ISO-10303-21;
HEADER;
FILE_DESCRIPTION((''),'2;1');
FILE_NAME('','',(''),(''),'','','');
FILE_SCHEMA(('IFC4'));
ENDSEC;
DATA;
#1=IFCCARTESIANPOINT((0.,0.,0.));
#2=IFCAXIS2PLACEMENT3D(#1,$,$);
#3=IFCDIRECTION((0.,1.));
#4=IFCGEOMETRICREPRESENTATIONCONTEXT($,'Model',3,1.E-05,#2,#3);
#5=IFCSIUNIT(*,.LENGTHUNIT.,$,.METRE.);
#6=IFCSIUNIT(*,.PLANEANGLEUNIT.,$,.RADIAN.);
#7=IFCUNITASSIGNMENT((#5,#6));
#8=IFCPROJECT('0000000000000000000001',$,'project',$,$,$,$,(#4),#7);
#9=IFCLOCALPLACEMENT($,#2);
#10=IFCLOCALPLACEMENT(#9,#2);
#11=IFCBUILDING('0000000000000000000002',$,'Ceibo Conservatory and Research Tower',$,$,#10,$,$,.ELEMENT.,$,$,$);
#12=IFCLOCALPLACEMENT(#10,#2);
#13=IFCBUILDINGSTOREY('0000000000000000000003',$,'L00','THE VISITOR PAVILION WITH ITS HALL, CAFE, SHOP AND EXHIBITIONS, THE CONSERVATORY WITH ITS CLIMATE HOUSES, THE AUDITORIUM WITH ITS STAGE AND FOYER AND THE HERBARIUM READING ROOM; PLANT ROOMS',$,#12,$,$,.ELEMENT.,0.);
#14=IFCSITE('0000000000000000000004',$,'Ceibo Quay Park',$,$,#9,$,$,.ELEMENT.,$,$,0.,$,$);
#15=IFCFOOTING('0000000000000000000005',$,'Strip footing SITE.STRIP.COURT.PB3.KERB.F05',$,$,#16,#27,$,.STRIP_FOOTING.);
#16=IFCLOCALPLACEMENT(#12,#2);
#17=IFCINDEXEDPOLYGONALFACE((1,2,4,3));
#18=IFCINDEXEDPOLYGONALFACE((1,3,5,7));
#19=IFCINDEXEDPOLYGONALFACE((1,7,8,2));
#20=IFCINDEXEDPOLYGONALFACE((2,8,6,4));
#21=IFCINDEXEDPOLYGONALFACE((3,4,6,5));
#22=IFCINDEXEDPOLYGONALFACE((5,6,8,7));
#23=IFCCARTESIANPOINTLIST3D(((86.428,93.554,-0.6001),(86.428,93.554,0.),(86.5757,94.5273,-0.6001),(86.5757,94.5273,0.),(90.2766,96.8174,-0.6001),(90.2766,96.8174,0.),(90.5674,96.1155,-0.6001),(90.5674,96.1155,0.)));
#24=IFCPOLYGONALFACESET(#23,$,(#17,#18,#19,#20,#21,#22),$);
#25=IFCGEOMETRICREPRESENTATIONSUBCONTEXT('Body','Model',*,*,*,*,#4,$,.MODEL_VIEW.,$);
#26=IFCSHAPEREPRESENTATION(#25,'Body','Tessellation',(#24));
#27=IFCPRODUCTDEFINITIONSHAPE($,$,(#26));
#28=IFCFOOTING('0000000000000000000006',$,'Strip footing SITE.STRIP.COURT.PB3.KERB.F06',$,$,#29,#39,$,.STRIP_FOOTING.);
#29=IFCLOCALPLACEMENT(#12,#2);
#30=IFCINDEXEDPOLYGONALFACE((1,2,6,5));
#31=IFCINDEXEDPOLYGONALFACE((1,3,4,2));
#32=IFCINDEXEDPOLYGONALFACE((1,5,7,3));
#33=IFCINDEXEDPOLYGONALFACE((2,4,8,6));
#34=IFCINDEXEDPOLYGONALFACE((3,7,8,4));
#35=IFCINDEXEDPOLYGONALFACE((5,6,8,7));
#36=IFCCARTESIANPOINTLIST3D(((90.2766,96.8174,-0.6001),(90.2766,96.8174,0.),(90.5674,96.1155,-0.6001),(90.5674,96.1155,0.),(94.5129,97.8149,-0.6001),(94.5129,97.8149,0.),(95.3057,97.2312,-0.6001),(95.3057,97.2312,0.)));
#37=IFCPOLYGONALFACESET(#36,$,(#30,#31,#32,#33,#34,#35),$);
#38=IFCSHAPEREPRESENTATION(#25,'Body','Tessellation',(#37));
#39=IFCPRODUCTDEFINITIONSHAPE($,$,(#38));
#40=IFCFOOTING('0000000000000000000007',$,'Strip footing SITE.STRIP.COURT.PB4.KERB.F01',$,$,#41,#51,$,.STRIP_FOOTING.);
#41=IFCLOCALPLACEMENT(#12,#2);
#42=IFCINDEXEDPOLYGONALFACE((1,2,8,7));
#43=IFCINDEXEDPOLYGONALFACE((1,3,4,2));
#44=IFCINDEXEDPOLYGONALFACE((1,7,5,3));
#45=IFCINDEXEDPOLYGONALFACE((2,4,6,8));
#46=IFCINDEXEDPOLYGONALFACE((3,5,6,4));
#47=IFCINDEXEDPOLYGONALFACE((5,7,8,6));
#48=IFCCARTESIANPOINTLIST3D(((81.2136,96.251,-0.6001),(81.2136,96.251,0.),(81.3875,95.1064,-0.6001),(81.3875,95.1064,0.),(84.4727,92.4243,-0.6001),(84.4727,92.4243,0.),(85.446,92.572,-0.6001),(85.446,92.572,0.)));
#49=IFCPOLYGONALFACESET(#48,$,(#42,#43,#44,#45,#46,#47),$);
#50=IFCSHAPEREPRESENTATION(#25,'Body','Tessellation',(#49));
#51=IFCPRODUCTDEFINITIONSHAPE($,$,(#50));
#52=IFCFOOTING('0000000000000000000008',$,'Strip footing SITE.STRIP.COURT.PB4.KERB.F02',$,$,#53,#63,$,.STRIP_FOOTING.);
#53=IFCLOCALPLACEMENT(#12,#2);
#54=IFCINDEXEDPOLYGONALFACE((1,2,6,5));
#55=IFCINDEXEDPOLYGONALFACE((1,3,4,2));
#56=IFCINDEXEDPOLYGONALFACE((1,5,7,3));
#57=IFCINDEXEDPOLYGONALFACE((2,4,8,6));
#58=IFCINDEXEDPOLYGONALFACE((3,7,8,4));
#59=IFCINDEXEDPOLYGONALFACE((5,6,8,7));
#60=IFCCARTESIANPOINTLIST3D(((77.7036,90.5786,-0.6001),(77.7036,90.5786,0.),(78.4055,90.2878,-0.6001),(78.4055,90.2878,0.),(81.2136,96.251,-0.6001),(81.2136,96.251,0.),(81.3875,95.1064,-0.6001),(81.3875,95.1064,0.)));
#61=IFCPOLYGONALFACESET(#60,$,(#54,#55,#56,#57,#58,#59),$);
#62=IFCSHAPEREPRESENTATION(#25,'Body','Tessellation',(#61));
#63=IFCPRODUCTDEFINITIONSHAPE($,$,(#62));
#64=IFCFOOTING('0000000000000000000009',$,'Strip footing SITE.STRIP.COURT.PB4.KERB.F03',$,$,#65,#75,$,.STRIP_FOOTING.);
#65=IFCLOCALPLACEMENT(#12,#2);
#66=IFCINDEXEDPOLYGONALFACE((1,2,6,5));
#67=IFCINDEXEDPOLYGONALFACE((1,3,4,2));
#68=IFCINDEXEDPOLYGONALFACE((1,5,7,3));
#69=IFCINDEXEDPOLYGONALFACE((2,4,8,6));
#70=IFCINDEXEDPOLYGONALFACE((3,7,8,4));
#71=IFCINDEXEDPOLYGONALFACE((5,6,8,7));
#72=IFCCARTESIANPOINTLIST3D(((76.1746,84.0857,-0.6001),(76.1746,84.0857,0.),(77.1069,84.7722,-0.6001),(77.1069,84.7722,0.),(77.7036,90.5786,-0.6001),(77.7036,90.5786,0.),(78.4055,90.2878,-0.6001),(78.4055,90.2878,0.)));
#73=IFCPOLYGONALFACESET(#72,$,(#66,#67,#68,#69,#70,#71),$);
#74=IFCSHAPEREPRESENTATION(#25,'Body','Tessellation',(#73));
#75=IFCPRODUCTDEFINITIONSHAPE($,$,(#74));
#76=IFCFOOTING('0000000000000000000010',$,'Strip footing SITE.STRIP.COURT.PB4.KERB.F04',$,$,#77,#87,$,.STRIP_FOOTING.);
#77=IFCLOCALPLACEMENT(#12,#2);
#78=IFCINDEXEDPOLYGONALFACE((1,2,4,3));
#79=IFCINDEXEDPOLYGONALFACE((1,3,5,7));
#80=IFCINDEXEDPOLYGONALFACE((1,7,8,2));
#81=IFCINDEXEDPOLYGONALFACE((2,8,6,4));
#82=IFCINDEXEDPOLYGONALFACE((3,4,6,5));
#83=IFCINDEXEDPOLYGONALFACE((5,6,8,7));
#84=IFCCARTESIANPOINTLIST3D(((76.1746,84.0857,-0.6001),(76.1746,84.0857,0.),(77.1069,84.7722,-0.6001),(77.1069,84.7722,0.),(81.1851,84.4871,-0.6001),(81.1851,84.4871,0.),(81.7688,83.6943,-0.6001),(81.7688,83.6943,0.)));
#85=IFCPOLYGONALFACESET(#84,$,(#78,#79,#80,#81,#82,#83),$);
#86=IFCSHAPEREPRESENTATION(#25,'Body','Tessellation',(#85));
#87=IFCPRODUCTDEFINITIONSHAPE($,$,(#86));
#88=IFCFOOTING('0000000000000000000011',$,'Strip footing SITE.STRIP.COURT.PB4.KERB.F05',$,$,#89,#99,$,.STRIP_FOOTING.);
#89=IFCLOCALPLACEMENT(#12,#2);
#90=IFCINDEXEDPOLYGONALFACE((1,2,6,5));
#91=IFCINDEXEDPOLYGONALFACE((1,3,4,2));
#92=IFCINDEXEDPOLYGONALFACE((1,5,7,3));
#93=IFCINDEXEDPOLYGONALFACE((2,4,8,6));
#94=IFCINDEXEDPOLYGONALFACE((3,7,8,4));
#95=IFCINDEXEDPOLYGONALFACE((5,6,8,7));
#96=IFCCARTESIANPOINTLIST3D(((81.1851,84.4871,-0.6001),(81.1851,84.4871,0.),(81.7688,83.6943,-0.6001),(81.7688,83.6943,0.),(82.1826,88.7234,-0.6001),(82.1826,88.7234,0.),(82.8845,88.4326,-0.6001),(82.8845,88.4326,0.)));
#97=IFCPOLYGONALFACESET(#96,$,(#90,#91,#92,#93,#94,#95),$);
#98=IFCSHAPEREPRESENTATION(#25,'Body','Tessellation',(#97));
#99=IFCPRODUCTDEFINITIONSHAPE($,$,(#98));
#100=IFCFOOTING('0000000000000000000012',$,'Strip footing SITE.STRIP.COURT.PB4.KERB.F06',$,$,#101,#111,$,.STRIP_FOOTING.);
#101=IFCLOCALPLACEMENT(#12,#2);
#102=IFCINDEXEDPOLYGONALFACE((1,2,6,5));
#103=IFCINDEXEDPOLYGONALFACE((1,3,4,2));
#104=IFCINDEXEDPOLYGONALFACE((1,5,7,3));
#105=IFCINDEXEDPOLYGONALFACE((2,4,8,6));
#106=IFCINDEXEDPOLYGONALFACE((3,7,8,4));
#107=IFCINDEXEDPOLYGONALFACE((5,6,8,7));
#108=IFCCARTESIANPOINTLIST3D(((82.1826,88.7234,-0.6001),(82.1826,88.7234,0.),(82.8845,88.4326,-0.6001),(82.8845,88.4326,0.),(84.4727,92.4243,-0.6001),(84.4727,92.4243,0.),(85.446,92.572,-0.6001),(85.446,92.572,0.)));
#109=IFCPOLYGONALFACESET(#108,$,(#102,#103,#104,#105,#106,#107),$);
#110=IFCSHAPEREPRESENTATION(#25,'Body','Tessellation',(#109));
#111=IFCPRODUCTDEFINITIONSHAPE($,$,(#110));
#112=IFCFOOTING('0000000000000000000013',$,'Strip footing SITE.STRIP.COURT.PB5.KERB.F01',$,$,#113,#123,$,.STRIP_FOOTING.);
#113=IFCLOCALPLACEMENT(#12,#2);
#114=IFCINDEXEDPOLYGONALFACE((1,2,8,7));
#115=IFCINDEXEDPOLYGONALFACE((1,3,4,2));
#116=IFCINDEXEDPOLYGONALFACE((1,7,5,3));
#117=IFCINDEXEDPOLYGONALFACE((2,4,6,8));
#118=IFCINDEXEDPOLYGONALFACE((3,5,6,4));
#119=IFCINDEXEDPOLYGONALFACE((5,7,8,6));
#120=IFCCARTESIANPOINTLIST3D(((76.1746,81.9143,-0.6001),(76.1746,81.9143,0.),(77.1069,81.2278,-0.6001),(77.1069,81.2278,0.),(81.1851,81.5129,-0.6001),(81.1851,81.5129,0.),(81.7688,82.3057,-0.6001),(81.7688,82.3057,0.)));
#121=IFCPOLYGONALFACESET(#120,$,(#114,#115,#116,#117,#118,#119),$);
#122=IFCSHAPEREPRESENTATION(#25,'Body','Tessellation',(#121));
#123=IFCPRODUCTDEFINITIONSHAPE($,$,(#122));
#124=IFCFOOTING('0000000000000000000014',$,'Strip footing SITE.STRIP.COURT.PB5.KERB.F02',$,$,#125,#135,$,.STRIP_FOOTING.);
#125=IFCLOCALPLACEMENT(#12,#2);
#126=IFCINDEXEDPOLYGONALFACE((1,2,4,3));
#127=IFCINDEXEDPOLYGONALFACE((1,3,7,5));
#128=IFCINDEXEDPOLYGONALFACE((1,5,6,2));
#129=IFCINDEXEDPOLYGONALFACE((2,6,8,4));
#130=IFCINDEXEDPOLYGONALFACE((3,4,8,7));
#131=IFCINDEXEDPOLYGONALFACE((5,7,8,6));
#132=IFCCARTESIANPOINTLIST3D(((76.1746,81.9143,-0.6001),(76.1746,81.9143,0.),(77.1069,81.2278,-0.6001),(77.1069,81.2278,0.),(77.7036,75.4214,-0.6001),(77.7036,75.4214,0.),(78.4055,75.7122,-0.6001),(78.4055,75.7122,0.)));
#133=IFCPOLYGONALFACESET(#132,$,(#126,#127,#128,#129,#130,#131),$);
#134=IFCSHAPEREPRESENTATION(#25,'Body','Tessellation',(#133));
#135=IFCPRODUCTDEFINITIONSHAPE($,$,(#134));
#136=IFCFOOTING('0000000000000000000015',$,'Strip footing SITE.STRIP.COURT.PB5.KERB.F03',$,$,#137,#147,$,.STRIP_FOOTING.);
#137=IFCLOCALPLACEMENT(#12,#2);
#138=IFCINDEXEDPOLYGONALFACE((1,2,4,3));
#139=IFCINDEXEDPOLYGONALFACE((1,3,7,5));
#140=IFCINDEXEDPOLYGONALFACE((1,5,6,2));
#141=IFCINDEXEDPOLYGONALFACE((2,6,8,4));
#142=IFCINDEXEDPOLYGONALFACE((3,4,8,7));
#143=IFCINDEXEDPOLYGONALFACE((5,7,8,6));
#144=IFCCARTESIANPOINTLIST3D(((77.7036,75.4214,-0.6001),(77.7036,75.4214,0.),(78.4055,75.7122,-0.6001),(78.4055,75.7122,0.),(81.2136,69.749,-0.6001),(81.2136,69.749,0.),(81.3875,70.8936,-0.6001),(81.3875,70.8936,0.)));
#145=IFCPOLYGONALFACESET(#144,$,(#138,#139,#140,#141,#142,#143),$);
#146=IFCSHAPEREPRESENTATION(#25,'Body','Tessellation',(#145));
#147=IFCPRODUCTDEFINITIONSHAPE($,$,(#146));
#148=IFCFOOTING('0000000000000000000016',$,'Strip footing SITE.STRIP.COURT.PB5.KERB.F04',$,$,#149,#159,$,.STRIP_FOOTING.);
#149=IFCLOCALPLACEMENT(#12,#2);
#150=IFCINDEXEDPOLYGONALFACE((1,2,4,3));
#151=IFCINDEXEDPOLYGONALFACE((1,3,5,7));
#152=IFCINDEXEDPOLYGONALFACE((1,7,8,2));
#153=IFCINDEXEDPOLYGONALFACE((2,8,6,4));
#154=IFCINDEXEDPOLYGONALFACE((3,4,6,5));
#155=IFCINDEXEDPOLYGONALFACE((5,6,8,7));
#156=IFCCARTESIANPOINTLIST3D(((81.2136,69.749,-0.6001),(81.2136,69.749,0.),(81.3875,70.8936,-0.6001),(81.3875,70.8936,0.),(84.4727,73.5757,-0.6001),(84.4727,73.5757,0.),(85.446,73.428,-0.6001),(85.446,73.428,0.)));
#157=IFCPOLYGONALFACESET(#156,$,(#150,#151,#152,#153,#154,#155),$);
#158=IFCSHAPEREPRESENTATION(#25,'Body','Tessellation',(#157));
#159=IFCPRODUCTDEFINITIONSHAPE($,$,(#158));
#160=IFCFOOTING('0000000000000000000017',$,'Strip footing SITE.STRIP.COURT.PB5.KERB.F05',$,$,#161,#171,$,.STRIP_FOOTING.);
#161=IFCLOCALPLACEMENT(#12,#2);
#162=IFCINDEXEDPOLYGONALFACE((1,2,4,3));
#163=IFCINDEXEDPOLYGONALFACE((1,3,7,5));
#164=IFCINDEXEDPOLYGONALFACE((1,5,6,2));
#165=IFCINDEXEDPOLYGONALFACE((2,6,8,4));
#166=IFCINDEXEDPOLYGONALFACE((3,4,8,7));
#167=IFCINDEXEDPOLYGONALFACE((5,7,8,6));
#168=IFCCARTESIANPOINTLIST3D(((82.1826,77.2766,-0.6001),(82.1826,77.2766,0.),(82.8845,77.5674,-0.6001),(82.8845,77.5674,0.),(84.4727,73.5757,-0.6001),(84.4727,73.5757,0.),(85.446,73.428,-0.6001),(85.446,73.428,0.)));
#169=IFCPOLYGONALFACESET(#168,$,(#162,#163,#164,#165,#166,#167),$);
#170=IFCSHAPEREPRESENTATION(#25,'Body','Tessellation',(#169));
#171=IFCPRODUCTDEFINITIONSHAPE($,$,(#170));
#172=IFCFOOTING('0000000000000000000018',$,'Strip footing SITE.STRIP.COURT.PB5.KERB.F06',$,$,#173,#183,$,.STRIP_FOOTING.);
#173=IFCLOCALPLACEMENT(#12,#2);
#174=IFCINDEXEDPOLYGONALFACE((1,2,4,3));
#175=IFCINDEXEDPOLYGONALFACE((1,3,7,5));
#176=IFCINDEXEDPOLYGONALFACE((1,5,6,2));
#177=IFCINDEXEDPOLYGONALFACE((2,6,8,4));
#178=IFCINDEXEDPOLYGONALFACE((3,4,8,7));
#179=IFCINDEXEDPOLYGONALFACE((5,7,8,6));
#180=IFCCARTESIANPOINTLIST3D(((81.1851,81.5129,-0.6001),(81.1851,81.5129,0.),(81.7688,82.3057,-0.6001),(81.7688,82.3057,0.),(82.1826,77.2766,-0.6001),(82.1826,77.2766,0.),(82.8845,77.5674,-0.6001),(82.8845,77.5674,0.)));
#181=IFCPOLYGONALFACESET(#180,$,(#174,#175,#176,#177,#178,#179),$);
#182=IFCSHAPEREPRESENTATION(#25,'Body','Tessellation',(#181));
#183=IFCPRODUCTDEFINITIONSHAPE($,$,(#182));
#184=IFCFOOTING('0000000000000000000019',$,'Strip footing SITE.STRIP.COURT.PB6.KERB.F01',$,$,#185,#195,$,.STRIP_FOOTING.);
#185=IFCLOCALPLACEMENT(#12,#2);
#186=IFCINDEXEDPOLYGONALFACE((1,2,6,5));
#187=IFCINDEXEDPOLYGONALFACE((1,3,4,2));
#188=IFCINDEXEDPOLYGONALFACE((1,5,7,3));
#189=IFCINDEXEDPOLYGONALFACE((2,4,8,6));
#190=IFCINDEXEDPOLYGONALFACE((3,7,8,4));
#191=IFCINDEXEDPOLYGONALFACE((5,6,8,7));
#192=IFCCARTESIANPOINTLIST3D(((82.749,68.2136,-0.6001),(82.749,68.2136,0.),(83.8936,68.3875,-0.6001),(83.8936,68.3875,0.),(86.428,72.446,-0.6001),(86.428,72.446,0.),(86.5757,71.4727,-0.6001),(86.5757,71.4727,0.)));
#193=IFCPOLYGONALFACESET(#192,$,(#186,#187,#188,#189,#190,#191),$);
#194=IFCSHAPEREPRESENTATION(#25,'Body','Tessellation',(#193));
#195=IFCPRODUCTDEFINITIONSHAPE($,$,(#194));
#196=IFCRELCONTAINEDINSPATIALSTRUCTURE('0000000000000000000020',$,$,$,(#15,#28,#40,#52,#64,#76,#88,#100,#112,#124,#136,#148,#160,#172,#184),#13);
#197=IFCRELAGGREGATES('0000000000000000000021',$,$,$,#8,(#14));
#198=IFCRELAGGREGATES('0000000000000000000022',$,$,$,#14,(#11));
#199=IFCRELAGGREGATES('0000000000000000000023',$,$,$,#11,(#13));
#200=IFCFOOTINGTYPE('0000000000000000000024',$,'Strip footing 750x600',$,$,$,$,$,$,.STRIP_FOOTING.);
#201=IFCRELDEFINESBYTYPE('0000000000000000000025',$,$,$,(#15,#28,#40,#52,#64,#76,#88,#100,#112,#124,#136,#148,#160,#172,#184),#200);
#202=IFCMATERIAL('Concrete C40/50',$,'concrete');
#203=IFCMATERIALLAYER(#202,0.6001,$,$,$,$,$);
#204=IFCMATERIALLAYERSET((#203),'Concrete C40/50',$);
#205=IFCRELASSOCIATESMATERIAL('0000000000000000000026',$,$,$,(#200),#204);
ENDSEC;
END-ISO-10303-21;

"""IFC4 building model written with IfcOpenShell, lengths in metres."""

from ifc_helpers import new_model, si_unit, direction, frame, origin, place, context, subcontext, project, spatial, polyline, outline, extrude, material, layer, layer_set, type_object, element, save


model = new_model("IFC4")

# Units and contexts
model_context = context("Model", 3, precision=1e-05, world=origin(), true_north=direction((0.0, 1.0)))
body_context = subcontext(model_context, "Body", "Model", "MODEL_VIEW")
ifc_project = project(units=[si_unit("LENGTHUNIT", "METRE"), si_unit("PLANEANGLEUNIT", "RADIAN")], contexts=[model_context])

# Site, building, storey
site_placement = place(None, origin())
site = spatial("IfcSite", under=ifc_project, at=site_placement, Name="Ceibo Quay Park", CompositionType="ELEMENT", RefElevation=0.0)
building_placement = place(site_placement, origin())
building = spatial("IfcBuilding", under=site, at=building_placement, Name="Ceibo Conservatory and Research Tower", CompositionType="ELEMENT")
storey_placement = place(building_placement, origin())
storey = spatial("IfcBuildingStorey", under=building, at=storey_placement, Name="L00", Description="THE VISITOR PAVILION WITH ITS HALL, CAFE, SHOP AND EXHIBITIONS, THE CONSERVATORY WITH ITS CLIMATE HOUSES, THE AUDITORIUM WITH ITS STAGE AND FOYER AND THE HERBARIUM READING ROOM; PLANT ROOMS", CompositionType="ELEMENT", Elevation=0.0)

# Footings
ifc_material = material(Name="Concrete C40/50", Category="concrete")
ifc_layer = layer(ifc_material, 0.6001)
ifc_layer_set = layer_set([ifc_layer], Name="Concrete C40/50")
footing_type = type_object("IfcFootingType", Name="Strip footing 750x600", PredefinedType="STRIP_FOOTING", material=ifc_layer_set)
footing_1_placement = place(storey_placement, frame((0.0, 0.0, -0.6001)))
element("IfcFooting", 1, at=footing_1_placement, inside=storey, type_object=footing_type, Name="Strip footing SITE.STRIP.COURT.PB3.KERB.F05", PredefinedType="STRIP_FOOTING", context=body_context, shape_type="SweptSolid", body=[
    extrude(outline(polyline([(86.428, 93.554), (90.5674, 96.1155), (90.2766, 96.8174), (86.5757, 94.5273), (86.428, 93.554)])), origin(), (0.0, 0.0, 1.0), 0.6001),
])
footing_2_placement = place(storey_placement, frame((0.0, 0.0, -0.6001)))
element("IfcFooting", 2, at=footing_2_placement, inside=storey, type_object=footing_type, Name="Strip footing SITE.STRIP.COURT.PB3.KERB.F06", PredefinedType="STRIP_FOOTING", context=body_context, shape_type="SweptSolid", body=[
    extrude(outline(polyline([(90.5674, 96.1155), (95.3057, 97.2312), (94.5129, 97.8149), (90.2766, 96.8174), (90.5674, 96.1155)])), origin(), (0.0, 0.0, 1.0), 0.6001),
])
footing_3_placement = place(storey_placement, frame((0.0, 0.0, -0.6001)))
element("IfcFooting", 3, at=footing_3_placement, inside=storey, type_object=footing_type, Name="Strip footing SITE.STRIP.COURT.PB4.KERB.F01", PredefinedType="STRIP_FOOTING", context=body_context, shape_type="SweptSolid", body=[
    extrude(outline(polyline([(85.446, 92.572), (81.2136, 96.251), (81.3875, 95.1064), (84.4727, 92.4243), (85.446, 92.572)])), origin(), (0.0, 0.0, 1.0), 0.6001),
])
footing_4_placement = place(storey_placement, frame((0.0, 0.0, -0.6001)))
element("IfcFooting", 4, at=footing_4_placement, inside=storey, type_object=footing_type, Name="Strip footing SITE.STRIP.COURT.PB4.KERB.F02", PredefinedType="STRIP_FOOTING", context=body_context, shape_type="SweptSolid", body=[
    extrude(outline(polyline([(81.2136, 96.251), (77.7036, 90.5786), (78.4055, 90.2878), (81.3875, 95.1064), (81.2136, 96.251)])), origin(), (0.0, 0.0, 1.0), 0.6001),
])
footing_5_placement = place(storey_placement, frame((0.0, 0.0, -0.6001)))
element("IfcFooting", 5, at=footing_5_placement, inside=storey, type_object=footing_type, Name="Strip footing SITE.STRIP.COURT.PB4.KERB.F03", PredefinedType="STRIP_FOOTING", context=body_context, shape_type="SweptSolid", body=[
    extrude(outline(polyline([(77.7036, 90.5786), (76.1746, 84.0857), (77.1069, 84.7722), (78.4055, 90.2878), (77.7036, 90.5786)])), origin(), (0.0, 0.0, 1.0), 0.6001),
])
footing_6_placement = place(storey_placement, frame((0.0, 0.0, -0.6001)))
element("IfcFooting", 6, at=footing_6_placement, inside=storey, type_object=footing_type, Name="Strip footing SITE.STRIP.COURT.PB4.KERB.F04", PredefinedType="STRIP_FOOTING", context=body_context, shape_type="SweptSolid", body=[
    extrude(outline(polyline([(76.1746, 84.0857), (81.7688, 83.6943), (81.1851, 84.4871), (77.1069, 84.7722), (76.1746, 84.0857)])), origin(), (0.0, 0.0, 1.0), 0.6001),
])
footing_7_placement = place(storey_placement, frame((0.0, 0.0, -0.6001)))
element("IfcFooting", 7, at=footing_7_placement, inside=storey, type_object=footing_type, Name="Strip footing SITE.STRIP.COURT.PB4.KERB.F05", PredefinedType="STRIP_FOOTING", context=body_context, shape_type="SweptSolid", body=[
    extrude(outline(polyline([(81.7688, 83.6943), (82.8845, 88.4326), (82.1826, 88.7234), (81.1851, 84.4871), (81.7688, 83.6943)])), origin(), (0.0, 0.0, 1.0), 0.6001),
])
footing_8_placement = place(storey_placement, frame((0.0, 0.0, -0.6001)))
element("IfcFooting", 8, at=footing_8_placement, inside=storey, type_object=footing_type, Name="Strip footing SITE.STRIP.COURT.PB4.KERB.F06", PredefinedType="STRIP_FOOTING", context=body_context, shape_type="SweptSolid", body=[
    extrude(outline(polyline([(82.8845, 88.4326), (85.446, 92.572), (84.4727, 92.4243), (82.1826, 88.7234), (82.8845, 88.4326)])), origin(), (0.0, 0.0, 1.0), 0.6001),
])
footing_9_placement = place(storey_placement, frame((0.0, 0.0, -0.6001)))
element("IfcFooting", 9, at=footing_9_placement, inside=storey, type_object=footing_type, Name="Strip footing SITE.STRIP.COURT.PB5.KERB.F01", PredefinedType="STRIP_FOOTING", context=body_context, shape_type="SweptSolid", body=[
    extrude(outline(polyline([(81.7688, 82.3057), (76.1746, 81.9143), (77.1069, 81.2278), (81.1851, 81.5129), (81.7688, 82.3057)])), origin(), (0.0, 0.0, 1.0), 0.6001),
])
footing_10_placement = place(storey_placement, frame((0.0, 0.0, -0.6001)))
element("IfcFooting", 10, at=footing_10_placement, inside=storey, type_object=footing_type, Name="Strip footing SITE.STRIP.COURT.PB5.KERB.F02", PredefinedType="STRIP_FOOTING", context=body_context, shape_type="SweptSolid", body=[
    extrude(outline(polyline([(76.1746, 81.9143), (77.7036, 75.4214), (78.4055, 75.7122), (77.1069, 81.2278), (76.1746, 81.9143)])), origin(), (0.0, 0.0, 1.0), 0.6001),
])
footing_11_placement = place(storey_placement, frame((0.0, 0.0, -0.6001)))
element("IfcFooting", 11, at=footing_11_placement, inside=storey, type_object=footing_type, Name="Strip footing SITE.STRIP.COURT.PB5.KERB.F03", PredefinedType="STRIP_FOOTING", context=body_context, shape_type="SweptSolid", body=[
    extrude(outline(polyline([(77.7036, 75.4214), (81.2136, 69.749), (81.3875, 70.8936), (78.4055, 75.7122), (77.7036, 75.4214)])), origin(), (0.0, 0.0, 1.0), 0.6001),
])
footing_12_placement = place(storey_placement, frame((0.0, 0.0, -0.6001)))
element("IfcFooting", 12, at=footing_12_placement, inside=storey, type_object=footing_type, Name="Strip footing SITE.STRIP.COURT.PB5.KERB.F04", PredefinedType="STRIP_FOOTING", context=body_context, shape_type="SweptSolid", body=[
    extrude(outline(polyline([(81.2136, 69.749), (85.446, 73.428), (84.4727, 73.5757), (81.3875, 70.8936), (81.2136, 69.749)])), origin(), (0.0, 0.0, 1.0), 0.6001),
])
footing_13_placement = place(storey_placement, frame((0.0, 0.0, -0.6001)))
element("IfcFooting", 13, at=footing_13_placement, inside=storey, type_object=footing_type, Name="Strip footing SITE.STRIP.COURT.PB5.KERB.F05", PredefinedType="STRIP_FOOTING", context=body_context, shape_type="SweptSolid", body=[
    extrude(outline(polyline([(85.446, 73.428), (82.8845, 77.5674), (82.1826, 77.2766), (84.4727, 73.5757), (85.446, 73.428)])), origin(), (0.0, 0.0, 1.0), 0.6001),
])
footing_14_placement = place(storey_placement, frame((0.0, 0.0, -0.6001)))
element("IfcFooting", 14, at=footing_14_placement, inside=storey, type_object=footing_type, Name="Strip footing SITE.STRIP.COURT.PB5.KERB.F06", PredefinedType="STRIP_FOOTING", context=body_context, shape_type="SweptSolid", body=[
    extrude(outline(polyline([(82.8845, 77.5674), (81.7688, 82.3057), (81.1851, 81.5129), (82.1826, 77.2766), (82.8845, 77.5674)])), origin(), (0.0, 0.0, 1.0), 0.6001),
])
footing_15_placement = place(storey_placement, frame((0.0, 0.0, -0.6001)))
element("IfcFooting", 15, at=footing_15_placement, inside=storey, type_object=footing_type, Name="Strip footing SITE.STRIP.COURT.PB6.KERB.F01", PredefinedType="STRIP_FOOTING", context=body_context, shape_type="SweptSolid", body=[
    extrude(outline(polyline([(86.428, 72.446), (82.749, 68.2136), (83.8936, 68.3875), (86.5757, 71.4727), (86.428, 72.446)])), origin(), (0.0, 0.0, 1.0), 0.6001),
])

save(model, "model.ifc")
